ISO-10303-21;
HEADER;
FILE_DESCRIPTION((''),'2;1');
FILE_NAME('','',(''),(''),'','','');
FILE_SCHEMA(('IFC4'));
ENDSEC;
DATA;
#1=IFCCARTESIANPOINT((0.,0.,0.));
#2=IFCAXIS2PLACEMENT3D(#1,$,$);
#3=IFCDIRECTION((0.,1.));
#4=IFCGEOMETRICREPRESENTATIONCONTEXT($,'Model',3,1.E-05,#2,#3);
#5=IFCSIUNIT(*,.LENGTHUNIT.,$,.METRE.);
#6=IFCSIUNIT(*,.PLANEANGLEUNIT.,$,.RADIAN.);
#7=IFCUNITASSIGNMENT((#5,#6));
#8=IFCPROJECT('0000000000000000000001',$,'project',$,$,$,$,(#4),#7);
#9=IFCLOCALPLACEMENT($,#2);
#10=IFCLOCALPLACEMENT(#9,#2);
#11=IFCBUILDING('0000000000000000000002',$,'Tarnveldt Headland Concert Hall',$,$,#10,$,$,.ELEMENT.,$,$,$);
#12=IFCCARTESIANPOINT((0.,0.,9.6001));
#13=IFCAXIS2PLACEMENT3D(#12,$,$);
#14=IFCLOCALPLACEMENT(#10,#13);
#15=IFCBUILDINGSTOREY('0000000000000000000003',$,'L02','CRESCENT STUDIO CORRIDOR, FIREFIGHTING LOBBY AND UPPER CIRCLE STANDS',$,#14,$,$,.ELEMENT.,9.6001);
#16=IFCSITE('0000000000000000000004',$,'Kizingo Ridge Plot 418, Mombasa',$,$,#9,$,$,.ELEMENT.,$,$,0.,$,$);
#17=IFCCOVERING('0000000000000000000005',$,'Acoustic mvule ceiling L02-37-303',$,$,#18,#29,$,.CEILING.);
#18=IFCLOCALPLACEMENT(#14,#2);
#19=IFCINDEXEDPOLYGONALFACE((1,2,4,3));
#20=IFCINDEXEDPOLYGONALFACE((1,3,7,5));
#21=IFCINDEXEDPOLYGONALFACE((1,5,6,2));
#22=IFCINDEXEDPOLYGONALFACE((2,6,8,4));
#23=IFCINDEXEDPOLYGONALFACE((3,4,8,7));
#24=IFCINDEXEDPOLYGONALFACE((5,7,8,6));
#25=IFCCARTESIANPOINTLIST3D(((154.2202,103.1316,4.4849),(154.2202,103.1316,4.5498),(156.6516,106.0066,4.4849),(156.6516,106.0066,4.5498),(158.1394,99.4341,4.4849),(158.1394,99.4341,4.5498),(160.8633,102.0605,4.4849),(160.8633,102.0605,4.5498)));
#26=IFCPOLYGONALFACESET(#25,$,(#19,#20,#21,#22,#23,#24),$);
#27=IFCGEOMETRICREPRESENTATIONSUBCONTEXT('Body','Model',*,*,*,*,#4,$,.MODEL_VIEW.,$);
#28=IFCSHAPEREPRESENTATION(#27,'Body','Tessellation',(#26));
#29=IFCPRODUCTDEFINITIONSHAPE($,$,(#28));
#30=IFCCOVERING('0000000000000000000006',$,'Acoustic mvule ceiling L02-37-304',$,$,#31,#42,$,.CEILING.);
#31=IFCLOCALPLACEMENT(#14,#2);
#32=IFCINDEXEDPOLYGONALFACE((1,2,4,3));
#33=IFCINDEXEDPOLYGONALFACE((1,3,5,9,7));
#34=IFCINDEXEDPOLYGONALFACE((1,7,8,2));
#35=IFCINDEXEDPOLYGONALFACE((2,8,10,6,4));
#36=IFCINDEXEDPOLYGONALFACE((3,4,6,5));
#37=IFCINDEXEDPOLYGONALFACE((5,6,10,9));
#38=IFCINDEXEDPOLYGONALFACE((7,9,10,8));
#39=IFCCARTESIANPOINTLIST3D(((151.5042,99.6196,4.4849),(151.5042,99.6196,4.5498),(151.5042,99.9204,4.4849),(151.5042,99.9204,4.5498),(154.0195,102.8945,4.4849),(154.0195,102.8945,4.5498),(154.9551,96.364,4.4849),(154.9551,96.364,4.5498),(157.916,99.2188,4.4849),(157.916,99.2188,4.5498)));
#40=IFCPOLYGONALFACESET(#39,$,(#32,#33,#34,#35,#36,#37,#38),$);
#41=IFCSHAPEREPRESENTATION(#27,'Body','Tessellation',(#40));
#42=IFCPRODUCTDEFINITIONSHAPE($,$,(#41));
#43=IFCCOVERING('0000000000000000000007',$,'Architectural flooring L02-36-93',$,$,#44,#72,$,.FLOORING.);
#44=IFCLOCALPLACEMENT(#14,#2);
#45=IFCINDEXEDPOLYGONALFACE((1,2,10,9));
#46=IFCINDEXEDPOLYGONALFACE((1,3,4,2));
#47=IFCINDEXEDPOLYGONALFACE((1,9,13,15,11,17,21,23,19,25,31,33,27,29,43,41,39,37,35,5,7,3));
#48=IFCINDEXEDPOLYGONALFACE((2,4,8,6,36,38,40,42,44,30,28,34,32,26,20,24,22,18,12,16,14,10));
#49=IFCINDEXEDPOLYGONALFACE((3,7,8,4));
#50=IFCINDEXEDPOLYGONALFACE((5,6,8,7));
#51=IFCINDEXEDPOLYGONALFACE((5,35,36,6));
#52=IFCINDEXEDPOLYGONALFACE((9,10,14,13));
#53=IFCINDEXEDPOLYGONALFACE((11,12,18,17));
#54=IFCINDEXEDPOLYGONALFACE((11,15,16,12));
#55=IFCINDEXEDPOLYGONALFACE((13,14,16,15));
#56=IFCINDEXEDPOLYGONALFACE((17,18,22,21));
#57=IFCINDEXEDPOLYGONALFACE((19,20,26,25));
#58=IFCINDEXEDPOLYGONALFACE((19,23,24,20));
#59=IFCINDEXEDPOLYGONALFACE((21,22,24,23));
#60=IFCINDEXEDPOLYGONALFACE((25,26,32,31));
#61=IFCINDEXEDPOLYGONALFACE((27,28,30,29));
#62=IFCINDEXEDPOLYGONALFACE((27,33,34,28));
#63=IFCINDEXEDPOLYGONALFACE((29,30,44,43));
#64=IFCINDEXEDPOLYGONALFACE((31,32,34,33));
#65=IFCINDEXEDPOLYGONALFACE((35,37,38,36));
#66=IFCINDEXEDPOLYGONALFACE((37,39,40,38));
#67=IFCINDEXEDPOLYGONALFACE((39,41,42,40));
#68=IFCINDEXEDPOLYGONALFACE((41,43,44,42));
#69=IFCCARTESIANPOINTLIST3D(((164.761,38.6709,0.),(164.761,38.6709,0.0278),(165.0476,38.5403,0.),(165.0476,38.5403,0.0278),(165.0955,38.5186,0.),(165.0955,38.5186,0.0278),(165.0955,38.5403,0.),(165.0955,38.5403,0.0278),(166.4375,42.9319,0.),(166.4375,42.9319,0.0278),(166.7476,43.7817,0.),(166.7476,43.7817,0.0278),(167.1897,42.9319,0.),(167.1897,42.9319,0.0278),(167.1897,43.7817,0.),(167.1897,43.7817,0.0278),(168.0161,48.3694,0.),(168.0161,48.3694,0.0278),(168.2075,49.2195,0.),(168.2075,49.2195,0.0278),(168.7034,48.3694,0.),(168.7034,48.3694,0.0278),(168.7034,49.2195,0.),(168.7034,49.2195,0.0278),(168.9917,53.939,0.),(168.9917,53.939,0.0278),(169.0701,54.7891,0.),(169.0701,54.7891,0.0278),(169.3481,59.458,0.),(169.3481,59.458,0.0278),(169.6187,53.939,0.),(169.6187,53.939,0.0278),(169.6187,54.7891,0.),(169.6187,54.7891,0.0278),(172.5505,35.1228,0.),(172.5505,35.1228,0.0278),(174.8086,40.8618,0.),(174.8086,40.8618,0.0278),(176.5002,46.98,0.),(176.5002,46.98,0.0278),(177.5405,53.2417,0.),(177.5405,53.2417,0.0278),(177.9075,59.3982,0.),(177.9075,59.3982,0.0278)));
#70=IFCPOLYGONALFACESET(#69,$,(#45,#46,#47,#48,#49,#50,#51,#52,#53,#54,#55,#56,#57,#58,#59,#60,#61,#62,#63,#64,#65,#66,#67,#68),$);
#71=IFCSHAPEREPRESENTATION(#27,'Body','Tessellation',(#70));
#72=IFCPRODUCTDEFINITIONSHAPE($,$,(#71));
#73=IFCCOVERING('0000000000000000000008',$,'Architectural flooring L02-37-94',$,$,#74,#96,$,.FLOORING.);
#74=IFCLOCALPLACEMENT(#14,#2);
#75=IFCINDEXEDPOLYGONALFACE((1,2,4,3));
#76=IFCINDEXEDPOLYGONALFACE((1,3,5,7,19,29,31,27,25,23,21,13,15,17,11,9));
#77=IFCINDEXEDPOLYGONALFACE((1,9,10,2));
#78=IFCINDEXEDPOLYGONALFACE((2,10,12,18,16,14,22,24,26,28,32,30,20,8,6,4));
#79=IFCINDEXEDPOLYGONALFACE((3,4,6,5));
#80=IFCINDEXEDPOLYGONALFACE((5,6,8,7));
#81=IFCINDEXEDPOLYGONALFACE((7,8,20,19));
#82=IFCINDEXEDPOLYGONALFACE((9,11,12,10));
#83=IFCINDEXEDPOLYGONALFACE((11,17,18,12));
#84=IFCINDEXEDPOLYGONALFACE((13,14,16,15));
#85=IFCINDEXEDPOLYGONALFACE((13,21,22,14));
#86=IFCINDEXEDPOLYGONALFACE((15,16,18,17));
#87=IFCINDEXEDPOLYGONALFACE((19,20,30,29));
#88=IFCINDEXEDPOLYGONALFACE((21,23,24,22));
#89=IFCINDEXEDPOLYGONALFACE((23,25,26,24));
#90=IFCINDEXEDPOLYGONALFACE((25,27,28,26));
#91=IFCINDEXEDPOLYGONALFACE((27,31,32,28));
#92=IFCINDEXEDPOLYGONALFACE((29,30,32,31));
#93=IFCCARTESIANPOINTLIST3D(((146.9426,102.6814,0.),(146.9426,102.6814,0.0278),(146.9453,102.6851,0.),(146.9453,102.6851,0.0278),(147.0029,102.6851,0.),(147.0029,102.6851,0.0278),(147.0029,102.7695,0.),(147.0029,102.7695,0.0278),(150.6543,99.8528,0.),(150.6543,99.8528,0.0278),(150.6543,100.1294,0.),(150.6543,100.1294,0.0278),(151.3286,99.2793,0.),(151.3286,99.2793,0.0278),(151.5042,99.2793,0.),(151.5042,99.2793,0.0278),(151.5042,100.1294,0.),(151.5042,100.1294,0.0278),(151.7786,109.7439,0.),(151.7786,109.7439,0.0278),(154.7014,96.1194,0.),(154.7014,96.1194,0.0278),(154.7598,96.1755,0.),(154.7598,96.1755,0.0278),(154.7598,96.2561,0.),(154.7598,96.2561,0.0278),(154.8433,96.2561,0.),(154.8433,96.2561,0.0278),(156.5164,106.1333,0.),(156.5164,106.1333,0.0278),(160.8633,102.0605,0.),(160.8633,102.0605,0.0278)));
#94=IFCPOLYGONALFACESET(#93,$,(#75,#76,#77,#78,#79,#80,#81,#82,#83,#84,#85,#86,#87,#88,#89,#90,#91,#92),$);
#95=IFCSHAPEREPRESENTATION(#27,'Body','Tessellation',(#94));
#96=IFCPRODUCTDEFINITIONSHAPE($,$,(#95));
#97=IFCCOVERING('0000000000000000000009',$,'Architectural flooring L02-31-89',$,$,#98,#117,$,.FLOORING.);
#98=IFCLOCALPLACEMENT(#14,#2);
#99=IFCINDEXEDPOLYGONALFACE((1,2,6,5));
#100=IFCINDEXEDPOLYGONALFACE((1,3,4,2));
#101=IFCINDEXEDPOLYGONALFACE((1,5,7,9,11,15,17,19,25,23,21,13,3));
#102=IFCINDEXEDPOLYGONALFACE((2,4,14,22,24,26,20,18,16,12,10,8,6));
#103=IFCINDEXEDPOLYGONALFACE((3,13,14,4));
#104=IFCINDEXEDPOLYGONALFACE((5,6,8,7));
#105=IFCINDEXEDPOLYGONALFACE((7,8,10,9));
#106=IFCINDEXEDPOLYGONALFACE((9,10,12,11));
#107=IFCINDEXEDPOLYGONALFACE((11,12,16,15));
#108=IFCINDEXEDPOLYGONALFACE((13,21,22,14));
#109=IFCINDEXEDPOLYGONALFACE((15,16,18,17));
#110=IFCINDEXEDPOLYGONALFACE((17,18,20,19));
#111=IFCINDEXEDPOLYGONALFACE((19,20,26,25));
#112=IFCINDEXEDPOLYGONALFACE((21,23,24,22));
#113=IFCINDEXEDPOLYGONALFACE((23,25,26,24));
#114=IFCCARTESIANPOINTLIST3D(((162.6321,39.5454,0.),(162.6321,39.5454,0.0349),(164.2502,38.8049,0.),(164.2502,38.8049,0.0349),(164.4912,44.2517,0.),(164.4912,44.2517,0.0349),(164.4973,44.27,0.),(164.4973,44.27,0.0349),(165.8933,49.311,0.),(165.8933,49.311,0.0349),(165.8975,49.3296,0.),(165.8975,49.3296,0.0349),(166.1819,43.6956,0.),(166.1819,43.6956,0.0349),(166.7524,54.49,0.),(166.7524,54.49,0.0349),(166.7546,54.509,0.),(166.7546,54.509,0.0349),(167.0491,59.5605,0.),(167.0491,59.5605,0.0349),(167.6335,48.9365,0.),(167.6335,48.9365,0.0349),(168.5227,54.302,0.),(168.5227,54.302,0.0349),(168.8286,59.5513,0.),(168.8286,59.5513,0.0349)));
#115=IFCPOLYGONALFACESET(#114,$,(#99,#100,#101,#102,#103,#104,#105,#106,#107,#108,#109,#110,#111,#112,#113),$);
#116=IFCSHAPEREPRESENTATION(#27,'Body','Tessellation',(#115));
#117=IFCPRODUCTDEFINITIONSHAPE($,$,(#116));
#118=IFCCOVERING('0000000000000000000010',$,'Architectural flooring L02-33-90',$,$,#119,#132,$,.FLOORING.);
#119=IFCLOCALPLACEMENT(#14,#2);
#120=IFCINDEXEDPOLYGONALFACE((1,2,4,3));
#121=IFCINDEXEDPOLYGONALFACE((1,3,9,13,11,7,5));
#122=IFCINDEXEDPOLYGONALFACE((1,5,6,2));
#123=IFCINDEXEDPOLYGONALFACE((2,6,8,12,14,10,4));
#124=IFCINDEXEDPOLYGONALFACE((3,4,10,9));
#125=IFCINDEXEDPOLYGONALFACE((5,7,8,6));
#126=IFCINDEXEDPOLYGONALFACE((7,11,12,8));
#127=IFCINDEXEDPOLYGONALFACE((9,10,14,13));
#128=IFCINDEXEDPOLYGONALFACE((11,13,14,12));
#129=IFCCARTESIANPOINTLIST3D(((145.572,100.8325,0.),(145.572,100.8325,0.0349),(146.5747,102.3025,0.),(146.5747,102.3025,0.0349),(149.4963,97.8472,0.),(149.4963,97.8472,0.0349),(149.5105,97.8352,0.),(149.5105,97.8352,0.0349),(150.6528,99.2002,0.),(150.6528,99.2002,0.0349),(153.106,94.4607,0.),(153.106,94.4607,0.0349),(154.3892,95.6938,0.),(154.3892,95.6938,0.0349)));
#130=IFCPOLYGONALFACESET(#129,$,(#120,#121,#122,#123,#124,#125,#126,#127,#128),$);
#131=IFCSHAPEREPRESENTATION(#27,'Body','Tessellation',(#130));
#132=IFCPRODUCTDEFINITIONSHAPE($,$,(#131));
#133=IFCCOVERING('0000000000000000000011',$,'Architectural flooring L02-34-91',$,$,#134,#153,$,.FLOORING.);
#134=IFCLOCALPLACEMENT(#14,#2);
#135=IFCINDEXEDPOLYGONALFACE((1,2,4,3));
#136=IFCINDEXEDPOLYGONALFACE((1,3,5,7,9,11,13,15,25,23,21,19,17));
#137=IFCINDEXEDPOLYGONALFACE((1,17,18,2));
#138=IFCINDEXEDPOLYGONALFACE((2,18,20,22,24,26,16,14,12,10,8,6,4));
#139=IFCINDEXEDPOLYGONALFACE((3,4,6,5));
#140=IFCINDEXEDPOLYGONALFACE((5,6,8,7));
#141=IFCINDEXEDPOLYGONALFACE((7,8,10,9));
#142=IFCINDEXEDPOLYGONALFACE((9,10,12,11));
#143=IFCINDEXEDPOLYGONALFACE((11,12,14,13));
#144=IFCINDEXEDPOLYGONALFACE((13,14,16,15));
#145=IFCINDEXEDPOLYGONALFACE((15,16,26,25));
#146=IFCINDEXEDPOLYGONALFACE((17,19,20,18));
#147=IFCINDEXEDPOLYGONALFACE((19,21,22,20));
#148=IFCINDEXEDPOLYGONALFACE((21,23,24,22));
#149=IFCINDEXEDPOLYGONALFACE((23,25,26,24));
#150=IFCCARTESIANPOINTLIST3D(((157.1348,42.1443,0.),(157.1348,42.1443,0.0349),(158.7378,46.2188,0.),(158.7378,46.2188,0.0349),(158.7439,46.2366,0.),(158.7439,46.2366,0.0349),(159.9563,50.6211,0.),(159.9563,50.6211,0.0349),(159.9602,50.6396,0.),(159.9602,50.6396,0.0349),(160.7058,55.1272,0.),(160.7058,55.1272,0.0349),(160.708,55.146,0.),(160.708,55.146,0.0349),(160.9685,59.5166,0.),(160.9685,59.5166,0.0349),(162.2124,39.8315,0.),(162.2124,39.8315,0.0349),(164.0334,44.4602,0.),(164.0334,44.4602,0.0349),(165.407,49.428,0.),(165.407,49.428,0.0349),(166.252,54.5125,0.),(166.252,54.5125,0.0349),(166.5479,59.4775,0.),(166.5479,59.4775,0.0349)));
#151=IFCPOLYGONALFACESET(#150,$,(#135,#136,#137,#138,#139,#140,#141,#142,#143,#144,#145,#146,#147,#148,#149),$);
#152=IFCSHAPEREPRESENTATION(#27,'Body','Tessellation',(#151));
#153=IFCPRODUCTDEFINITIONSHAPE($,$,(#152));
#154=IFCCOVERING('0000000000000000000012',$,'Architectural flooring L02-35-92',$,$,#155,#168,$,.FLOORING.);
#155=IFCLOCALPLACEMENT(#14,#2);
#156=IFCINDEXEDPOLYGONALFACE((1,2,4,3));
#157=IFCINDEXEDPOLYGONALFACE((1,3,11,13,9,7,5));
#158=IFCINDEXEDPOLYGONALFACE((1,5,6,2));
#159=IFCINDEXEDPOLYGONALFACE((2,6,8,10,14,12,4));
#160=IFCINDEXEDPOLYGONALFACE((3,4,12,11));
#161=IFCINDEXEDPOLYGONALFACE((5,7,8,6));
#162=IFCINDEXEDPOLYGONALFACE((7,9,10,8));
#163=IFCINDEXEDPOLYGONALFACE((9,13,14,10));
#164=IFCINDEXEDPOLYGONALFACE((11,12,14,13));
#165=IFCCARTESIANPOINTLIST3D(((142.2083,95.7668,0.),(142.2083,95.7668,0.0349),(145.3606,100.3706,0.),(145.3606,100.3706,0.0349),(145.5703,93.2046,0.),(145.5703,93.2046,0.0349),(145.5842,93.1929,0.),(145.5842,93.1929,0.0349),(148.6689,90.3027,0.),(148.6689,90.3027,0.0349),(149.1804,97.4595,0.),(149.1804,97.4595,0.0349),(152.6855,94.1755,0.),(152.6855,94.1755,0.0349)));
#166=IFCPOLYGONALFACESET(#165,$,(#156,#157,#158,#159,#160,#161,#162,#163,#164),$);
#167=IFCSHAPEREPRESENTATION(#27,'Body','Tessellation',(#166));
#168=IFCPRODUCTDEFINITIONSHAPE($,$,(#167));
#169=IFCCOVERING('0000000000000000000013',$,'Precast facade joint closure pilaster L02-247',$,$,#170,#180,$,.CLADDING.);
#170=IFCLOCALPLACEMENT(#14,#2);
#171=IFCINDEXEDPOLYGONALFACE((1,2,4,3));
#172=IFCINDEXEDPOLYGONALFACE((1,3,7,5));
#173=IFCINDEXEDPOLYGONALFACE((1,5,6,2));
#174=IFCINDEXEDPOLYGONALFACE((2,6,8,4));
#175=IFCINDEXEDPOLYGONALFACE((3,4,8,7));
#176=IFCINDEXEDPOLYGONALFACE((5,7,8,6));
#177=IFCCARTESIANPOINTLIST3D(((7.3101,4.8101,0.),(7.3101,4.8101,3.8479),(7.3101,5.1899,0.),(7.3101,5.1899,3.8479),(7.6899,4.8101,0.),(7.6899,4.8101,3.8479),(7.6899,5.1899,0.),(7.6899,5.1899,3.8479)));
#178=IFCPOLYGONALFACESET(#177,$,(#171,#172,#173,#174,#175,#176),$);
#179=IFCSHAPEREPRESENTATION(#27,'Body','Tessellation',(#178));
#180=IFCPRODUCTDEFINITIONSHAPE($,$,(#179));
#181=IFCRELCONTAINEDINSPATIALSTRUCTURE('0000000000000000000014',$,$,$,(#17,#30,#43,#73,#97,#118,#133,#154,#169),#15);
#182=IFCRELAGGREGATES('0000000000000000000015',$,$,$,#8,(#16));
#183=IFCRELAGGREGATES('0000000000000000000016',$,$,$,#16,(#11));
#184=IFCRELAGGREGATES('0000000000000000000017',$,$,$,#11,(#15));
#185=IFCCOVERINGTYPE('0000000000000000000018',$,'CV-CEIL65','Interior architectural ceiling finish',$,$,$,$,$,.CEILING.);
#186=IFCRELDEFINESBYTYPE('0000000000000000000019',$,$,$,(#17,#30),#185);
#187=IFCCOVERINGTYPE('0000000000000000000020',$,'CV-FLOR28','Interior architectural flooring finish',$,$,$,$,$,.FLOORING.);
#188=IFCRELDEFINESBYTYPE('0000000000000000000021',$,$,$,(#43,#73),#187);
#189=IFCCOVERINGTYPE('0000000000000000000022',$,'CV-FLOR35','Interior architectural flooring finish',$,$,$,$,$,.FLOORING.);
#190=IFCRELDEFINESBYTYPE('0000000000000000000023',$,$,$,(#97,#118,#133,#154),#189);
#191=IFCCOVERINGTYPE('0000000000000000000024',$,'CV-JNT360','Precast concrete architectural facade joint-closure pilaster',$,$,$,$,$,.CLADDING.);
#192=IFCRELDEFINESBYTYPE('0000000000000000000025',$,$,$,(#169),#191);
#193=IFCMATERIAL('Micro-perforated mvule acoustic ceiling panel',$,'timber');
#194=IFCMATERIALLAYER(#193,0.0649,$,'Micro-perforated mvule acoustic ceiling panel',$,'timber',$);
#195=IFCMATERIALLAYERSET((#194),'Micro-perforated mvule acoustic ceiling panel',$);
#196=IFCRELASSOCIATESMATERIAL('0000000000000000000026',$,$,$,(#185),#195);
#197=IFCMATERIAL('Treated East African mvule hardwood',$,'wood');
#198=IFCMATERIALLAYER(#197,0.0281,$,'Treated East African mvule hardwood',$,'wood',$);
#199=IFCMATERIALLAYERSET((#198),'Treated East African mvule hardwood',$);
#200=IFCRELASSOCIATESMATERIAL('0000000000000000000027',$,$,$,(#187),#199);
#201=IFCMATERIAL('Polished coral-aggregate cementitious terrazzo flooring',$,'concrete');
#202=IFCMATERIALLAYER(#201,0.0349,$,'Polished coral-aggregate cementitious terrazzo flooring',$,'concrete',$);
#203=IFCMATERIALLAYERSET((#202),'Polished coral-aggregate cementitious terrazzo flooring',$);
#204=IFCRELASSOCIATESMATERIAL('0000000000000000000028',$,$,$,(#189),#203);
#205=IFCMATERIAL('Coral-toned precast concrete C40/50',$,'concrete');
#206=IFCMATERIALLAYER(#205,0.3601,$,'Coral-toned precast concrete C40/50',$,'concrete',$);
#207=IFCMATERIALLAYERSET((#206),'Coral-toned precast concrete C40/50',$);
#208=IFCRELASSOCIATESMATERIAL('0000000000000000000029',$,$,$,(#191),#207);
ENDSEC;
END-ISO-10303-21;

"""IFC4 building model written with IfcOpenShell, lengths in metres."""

from ifc_helpers import new_model, si_unit, direction, frame, origin, origin_2d, place, context, subcontext, project, spatial, polyline, rectangle, outline, extrude, material, layer, layer_set, type_object, element, save


model = new_model("IFC4")

# Units and contexts
model_context = context("Model", 3, precision=1e-05, world=origin(), true_north=direction((0.0, 1.0)))
body_context = subcontext(model_context, "Body", "Model", "MODEL_VIEW")
ifc_project = project(units=[si_unit("LENGTHUNIT", "METRE"), si_unit("PLANEANGLEUNIT", "RADIAN")], contexts=[model_context])

# Site, building, storey
site_placement = place(None, origin())
site = spatial("IfcSite", under=ifc_project, at=site_placement, Name="Kizingo Ridge Plot 418, Mombasa", CompositionType="ELEMENT", RefElevation=0.0)
building_placement = place(site_placement, origin())
building = spatial("IfcBuilding", under=site, at=building_placement, Name="Tarnveldt Headland Concert Hall", CompositionType="ELEMENT")
storey_placement = place(building_placement, frame((0.0, 0.0, 9.6001)))
storey = spatial("IfcBuildingStorey", under=building, at=storey_placement, Name="L02", Description="CRESCENT STUDIO CORRIDOR, FIREFIGHTING LOBBY AND UPPER CIRCLE STANDS", CompositionType="ELEMENT", Elevation=9.6001)

# Shared definitions
ifc_material_1 = material(Name="Coral-toned precast concrete C40/50", Category="concrete")

# Coverings
ifc_material_2 = material(Name="Micro-perforated mvule acoustic ceiling panel", Category="timber")
ifc_layer_1 = layer(ifc_material_2, 0.0649, Name="Micro-perforated mvule acoustic ceiling panel", Category="timber")
ifc_layer_set_1 = layer_set([ifc_layer_1], Name="Micro-perforated mvule acoustic ceiling panel")
covering_type_1 = type_object("IfcCoveringType", Name="CV-CEIL65", Description="Interior architectural ceiling finish", PredefinedType="CEILING", material=ifc_layer_set_1)
covering_1_placement = place(storey_placement, frame((0.0, 0.0, 4.4849)))
element("IfcCovering", 1, at=covering_1_placement, inside=storey, type_object=covering_type_1, Name="Acoustic mvule ceiling L02-37-303", PredefinedType="CEILING", context=body_context, shape_type="SweptSolid", body=[
    extrude(outline(polyline([(156.6516, 106.0066), (160.8633, 102.0605), (158.1394, 99.4341), (154.2202, 103.1316), (156.6516, 106.0066)])), origin(), (0.0, 0.0, 1.0), 0.0649),
])
covering_2_placement = place(storey_placement, frame((0.0, 0.0, 4.4849)))
element("IfcCovering", 2, at=covering_2_placement, inside=storey, type_object=covering_type_1, Name="Acoustic mvule ceiling L02-37-304", PredefinedType="CEILING", context=body_context, shape_type="SweptSolid", body=[
    extrude(outline(polyline([(151.5042, 99.9204), (154.0195, 102.8945), (157.916, 99.2188), (154.9551, 96.364), (151.5042, 99.6196), (151.5042, 99.9204)])), origin(), (0.0, 0.0, 1.0), 0.0649),
])
ifc_material_3 = material(Name="Treated East African mvule hardwood", Category="wood")
ifc_layer_2 = layer(ifc_material_3, 0.0281, Name="Treated East African mvule hardwood", Category="wood")
ifc_layer_set_2 = layer_set([ifc_layer_2], Name="Treated East African mvule hardwood")
covering_type_2 = type_object("IfcCoveringType", Name="CV-FLOR28", Description="Interior architectural flooring finish", PredefinedType="FLOORING", material=ifc_layer_set_2)
covering_3_placement = place(storey_placement, origin())
element("IfcCovering", 3, at=covering_3_placement, inside=storey, type_object=covering_type_2, Name="Architectural flooring L02-36-93", PredefinedType="FLOORING", context=body_context, shape_type="SweptSolid", body=[
    extrude(outline(polyline([(166.4375, 42.9319), (167.1897, 42.9319), (167.1897, 43.7817), (166.7476, 43.7817), (168.0161, 48.3694), (168.7034, 48.3694), (168.7034, 49.2195), (168.2075, 49.2195), (168.9917, 53.939), (169.6187, 53.939), (169.6187, 54.7891), (169.0701, 54.7891), (169.3481, 59.458), (177.9075, 59.3982), (177.5405, 53.2417), (176.5002, 46.98), (174.8086, 40.8618), (172.5505, 35.1228), (165.0955, 38.5186), (165.0955, 38.5403), (165.0476, 38.5403), (164.761, 38.6709), (166.4375, 42.9319)])), origin(), (0.0, 0.0, 1.0), 0.0278),
])
covering_4_placement = place(storey_placement, origin())
element("IfcCovering", 4, at=covering_4_placement, inside=storey, type_object=covering_type_2, Name="Architectural flooring L02-37-94", PredefinedType="FLOORING", context=body_context, shape_type="SweptSolid", body=[
    extrude(outline(polyline([(154.7014, 96.1194), (151.3286, 99.2793), (151.5042, 99.2793), (151.5042, 100.1294), (150.6543, 100.1294), (150.6543, 99.8528), (146.9426, 102.6814), (146.9453, 102.6851), (147.0029, 102.6851), (147.0029, 102.7695), (151.7786, 109.7439), (156.5164, 106.1333), (160.8633, 102.0605), (154.8433, 96.2561), (154.7598, 96.2561), (154.7598, 96.1755), (154.7014, 96.1194)])), origin(), (0.0, 0.0, 1.0), 0.0278),
])
ifc_material_4 = material(Name="Polished coral-aggregate cementitious terrazzo flooring", Category="concrete")
ifc_layer_3 = layer(ifc_material_4, 0.0349, Name="Polished coral-aggregate cementitious terrazzo flooring", Category="concrete")
ifc_layer_set_3 = layer_set([ifc_layer_3], Name="Polished coral-aggregate cementitious terrazzo flooring")
covering_type_3 = type_object("IfcCoveringType", Name="CV-FLOR35", Description="Interior architectural flooring finish", PredefinedType="FLOORING", material=ifc_layer_set_3)
covering_5_placement = place(storey_placement, origin())
element("IfcCovering", 5, at=covering_5_placement, inside=storey, type_object=covering_type_3, Name="Architectural flooring L02-31-89", PredefinedType="FLOORING", context=body_context, shape_type="SweptSolid", body=[
    extrude(outline(polyline([(162.6321, 39.5454), (164.4912, 44.2517), (164.4973, 44.27), (165.8933, 49.311), (165.8975, 49.3296), (166.7524, 54.49), (166.7546, 54.509), (167.0491, 59.5605), (168.8286, 59.5513), (168.5227, 54.302), (167.6335, 48.9365), (166.1819, 43.6956), (164.2502, 38.8049), (162.6321, 39.5454)])), origin(), (0.0, 0.0, 1.0), 0.0349),
])
covering_6_placement = place(storey_placement, origin())
element("IfcCovering", 6, at=covering_6_placement, inside=storey, type_object=covering_type_3, Name="Architectural flooring L02-33-90", PredefinedType="FLOORING", context=body_context, shape_type="SweptSolid", body=[
    extrude(outline(polyline([(153.106, 94.4607), (149.5105, 97.8352), (149.4963, 97.8472), (145.572, 100.8325), (146.5747, 102.3025), (150.6528, 99.2002), (154.3892, 95.6938), (153.106, 94.4607)])), origin(), (0.0, 0.0, 1.0), 0.0349),
])
covering_7_placement = place(storey_placement, origin())
element("IfcCovering", 7, at=covering_7_placement, inside=storey, type_object=covering_type_3, Name="Architectural flooring L02-34-91", PredefinedType="FLOORING", context=body_context, shape_type="SweptSolid", body=[
    extrude(outline(polyline([(157.1348, 42.1443), (158.7378, 46.2188), (158.7439, 46.2366), (159.9563, 50.6211), (159.9602, 50.6396), (160.7058, 55.1272), (160.708, 55.146), (160.9685, 59.5166), (166.5479, 59.4775), (166.252, 54.5125), (165.407, 49.428), (164.0334, 44.4602), (162.2124, 39.8315), (157.1348, 42.1443)])), origin(), (0.0, 0.0, 1.0), 0.0349),
])
covering_8_placement = place(storey_placement, origin())
element("IfcCovering", 8, at=covering_8_placement, inside=storey, type_object=covering_type_3, Name="Architectural flooring L02-35-92", PredefinedType="FLOORING", context=body_context, shape_type="SweptSolid", body=[
    extrude(outline(polyline([(148.6689, 90.3027), (145.5842, 93.1929), (145.5703, 93.2046), (142.2083, 95.7668), (145.3606, 100.3706), (149.1804, 97.4595), (152.6855, 94.1755), (148.6689, 90.3027)])), origin(), (0.0, 0.0, 1.0), 0.0349),
])
ifc_layer_4 = layer(ifc_material_1, 0.3601, Name="Coral-toned precast concrete C40/50", Category="concrete")
ifc_layer_set_4 = layer_set([ifc_layer_4], Name="Coral-toned precast concrete C40/50")
covering_type_4 = type_object("IfcCoveringType", Name="CV-JNT360", Description="Precast concrete architectural facade joint-closure pilaster", PredefinedType="CLADDING", material=ifc_layer_set_4)
for number, where, z_axis, x_axis, name in (
    (9, (7.5, 5.0, 0.0), (0.0, 0.0, 1.0), (-1.0, 0.0, 0.0), "Precast facade joint closure pilaster L02-247"),
):
    element("IfcCovering", number, at=place(storey_placement, frame(where, z_axis=z_axis, x_axis=x_axis)), inside=storey, type_object=covering_type_4, Name=name, PredefinedType="CLADDING", context=body_context, shape_type="SweptSolid", body=[
        extrude(rectangle(XDim=0.3799, YDim=0.3799, at=origin_2d()), origin(), (0.0, 0.0, 1.0), 3.8479),
    ])

save(model, "model.ifc")
